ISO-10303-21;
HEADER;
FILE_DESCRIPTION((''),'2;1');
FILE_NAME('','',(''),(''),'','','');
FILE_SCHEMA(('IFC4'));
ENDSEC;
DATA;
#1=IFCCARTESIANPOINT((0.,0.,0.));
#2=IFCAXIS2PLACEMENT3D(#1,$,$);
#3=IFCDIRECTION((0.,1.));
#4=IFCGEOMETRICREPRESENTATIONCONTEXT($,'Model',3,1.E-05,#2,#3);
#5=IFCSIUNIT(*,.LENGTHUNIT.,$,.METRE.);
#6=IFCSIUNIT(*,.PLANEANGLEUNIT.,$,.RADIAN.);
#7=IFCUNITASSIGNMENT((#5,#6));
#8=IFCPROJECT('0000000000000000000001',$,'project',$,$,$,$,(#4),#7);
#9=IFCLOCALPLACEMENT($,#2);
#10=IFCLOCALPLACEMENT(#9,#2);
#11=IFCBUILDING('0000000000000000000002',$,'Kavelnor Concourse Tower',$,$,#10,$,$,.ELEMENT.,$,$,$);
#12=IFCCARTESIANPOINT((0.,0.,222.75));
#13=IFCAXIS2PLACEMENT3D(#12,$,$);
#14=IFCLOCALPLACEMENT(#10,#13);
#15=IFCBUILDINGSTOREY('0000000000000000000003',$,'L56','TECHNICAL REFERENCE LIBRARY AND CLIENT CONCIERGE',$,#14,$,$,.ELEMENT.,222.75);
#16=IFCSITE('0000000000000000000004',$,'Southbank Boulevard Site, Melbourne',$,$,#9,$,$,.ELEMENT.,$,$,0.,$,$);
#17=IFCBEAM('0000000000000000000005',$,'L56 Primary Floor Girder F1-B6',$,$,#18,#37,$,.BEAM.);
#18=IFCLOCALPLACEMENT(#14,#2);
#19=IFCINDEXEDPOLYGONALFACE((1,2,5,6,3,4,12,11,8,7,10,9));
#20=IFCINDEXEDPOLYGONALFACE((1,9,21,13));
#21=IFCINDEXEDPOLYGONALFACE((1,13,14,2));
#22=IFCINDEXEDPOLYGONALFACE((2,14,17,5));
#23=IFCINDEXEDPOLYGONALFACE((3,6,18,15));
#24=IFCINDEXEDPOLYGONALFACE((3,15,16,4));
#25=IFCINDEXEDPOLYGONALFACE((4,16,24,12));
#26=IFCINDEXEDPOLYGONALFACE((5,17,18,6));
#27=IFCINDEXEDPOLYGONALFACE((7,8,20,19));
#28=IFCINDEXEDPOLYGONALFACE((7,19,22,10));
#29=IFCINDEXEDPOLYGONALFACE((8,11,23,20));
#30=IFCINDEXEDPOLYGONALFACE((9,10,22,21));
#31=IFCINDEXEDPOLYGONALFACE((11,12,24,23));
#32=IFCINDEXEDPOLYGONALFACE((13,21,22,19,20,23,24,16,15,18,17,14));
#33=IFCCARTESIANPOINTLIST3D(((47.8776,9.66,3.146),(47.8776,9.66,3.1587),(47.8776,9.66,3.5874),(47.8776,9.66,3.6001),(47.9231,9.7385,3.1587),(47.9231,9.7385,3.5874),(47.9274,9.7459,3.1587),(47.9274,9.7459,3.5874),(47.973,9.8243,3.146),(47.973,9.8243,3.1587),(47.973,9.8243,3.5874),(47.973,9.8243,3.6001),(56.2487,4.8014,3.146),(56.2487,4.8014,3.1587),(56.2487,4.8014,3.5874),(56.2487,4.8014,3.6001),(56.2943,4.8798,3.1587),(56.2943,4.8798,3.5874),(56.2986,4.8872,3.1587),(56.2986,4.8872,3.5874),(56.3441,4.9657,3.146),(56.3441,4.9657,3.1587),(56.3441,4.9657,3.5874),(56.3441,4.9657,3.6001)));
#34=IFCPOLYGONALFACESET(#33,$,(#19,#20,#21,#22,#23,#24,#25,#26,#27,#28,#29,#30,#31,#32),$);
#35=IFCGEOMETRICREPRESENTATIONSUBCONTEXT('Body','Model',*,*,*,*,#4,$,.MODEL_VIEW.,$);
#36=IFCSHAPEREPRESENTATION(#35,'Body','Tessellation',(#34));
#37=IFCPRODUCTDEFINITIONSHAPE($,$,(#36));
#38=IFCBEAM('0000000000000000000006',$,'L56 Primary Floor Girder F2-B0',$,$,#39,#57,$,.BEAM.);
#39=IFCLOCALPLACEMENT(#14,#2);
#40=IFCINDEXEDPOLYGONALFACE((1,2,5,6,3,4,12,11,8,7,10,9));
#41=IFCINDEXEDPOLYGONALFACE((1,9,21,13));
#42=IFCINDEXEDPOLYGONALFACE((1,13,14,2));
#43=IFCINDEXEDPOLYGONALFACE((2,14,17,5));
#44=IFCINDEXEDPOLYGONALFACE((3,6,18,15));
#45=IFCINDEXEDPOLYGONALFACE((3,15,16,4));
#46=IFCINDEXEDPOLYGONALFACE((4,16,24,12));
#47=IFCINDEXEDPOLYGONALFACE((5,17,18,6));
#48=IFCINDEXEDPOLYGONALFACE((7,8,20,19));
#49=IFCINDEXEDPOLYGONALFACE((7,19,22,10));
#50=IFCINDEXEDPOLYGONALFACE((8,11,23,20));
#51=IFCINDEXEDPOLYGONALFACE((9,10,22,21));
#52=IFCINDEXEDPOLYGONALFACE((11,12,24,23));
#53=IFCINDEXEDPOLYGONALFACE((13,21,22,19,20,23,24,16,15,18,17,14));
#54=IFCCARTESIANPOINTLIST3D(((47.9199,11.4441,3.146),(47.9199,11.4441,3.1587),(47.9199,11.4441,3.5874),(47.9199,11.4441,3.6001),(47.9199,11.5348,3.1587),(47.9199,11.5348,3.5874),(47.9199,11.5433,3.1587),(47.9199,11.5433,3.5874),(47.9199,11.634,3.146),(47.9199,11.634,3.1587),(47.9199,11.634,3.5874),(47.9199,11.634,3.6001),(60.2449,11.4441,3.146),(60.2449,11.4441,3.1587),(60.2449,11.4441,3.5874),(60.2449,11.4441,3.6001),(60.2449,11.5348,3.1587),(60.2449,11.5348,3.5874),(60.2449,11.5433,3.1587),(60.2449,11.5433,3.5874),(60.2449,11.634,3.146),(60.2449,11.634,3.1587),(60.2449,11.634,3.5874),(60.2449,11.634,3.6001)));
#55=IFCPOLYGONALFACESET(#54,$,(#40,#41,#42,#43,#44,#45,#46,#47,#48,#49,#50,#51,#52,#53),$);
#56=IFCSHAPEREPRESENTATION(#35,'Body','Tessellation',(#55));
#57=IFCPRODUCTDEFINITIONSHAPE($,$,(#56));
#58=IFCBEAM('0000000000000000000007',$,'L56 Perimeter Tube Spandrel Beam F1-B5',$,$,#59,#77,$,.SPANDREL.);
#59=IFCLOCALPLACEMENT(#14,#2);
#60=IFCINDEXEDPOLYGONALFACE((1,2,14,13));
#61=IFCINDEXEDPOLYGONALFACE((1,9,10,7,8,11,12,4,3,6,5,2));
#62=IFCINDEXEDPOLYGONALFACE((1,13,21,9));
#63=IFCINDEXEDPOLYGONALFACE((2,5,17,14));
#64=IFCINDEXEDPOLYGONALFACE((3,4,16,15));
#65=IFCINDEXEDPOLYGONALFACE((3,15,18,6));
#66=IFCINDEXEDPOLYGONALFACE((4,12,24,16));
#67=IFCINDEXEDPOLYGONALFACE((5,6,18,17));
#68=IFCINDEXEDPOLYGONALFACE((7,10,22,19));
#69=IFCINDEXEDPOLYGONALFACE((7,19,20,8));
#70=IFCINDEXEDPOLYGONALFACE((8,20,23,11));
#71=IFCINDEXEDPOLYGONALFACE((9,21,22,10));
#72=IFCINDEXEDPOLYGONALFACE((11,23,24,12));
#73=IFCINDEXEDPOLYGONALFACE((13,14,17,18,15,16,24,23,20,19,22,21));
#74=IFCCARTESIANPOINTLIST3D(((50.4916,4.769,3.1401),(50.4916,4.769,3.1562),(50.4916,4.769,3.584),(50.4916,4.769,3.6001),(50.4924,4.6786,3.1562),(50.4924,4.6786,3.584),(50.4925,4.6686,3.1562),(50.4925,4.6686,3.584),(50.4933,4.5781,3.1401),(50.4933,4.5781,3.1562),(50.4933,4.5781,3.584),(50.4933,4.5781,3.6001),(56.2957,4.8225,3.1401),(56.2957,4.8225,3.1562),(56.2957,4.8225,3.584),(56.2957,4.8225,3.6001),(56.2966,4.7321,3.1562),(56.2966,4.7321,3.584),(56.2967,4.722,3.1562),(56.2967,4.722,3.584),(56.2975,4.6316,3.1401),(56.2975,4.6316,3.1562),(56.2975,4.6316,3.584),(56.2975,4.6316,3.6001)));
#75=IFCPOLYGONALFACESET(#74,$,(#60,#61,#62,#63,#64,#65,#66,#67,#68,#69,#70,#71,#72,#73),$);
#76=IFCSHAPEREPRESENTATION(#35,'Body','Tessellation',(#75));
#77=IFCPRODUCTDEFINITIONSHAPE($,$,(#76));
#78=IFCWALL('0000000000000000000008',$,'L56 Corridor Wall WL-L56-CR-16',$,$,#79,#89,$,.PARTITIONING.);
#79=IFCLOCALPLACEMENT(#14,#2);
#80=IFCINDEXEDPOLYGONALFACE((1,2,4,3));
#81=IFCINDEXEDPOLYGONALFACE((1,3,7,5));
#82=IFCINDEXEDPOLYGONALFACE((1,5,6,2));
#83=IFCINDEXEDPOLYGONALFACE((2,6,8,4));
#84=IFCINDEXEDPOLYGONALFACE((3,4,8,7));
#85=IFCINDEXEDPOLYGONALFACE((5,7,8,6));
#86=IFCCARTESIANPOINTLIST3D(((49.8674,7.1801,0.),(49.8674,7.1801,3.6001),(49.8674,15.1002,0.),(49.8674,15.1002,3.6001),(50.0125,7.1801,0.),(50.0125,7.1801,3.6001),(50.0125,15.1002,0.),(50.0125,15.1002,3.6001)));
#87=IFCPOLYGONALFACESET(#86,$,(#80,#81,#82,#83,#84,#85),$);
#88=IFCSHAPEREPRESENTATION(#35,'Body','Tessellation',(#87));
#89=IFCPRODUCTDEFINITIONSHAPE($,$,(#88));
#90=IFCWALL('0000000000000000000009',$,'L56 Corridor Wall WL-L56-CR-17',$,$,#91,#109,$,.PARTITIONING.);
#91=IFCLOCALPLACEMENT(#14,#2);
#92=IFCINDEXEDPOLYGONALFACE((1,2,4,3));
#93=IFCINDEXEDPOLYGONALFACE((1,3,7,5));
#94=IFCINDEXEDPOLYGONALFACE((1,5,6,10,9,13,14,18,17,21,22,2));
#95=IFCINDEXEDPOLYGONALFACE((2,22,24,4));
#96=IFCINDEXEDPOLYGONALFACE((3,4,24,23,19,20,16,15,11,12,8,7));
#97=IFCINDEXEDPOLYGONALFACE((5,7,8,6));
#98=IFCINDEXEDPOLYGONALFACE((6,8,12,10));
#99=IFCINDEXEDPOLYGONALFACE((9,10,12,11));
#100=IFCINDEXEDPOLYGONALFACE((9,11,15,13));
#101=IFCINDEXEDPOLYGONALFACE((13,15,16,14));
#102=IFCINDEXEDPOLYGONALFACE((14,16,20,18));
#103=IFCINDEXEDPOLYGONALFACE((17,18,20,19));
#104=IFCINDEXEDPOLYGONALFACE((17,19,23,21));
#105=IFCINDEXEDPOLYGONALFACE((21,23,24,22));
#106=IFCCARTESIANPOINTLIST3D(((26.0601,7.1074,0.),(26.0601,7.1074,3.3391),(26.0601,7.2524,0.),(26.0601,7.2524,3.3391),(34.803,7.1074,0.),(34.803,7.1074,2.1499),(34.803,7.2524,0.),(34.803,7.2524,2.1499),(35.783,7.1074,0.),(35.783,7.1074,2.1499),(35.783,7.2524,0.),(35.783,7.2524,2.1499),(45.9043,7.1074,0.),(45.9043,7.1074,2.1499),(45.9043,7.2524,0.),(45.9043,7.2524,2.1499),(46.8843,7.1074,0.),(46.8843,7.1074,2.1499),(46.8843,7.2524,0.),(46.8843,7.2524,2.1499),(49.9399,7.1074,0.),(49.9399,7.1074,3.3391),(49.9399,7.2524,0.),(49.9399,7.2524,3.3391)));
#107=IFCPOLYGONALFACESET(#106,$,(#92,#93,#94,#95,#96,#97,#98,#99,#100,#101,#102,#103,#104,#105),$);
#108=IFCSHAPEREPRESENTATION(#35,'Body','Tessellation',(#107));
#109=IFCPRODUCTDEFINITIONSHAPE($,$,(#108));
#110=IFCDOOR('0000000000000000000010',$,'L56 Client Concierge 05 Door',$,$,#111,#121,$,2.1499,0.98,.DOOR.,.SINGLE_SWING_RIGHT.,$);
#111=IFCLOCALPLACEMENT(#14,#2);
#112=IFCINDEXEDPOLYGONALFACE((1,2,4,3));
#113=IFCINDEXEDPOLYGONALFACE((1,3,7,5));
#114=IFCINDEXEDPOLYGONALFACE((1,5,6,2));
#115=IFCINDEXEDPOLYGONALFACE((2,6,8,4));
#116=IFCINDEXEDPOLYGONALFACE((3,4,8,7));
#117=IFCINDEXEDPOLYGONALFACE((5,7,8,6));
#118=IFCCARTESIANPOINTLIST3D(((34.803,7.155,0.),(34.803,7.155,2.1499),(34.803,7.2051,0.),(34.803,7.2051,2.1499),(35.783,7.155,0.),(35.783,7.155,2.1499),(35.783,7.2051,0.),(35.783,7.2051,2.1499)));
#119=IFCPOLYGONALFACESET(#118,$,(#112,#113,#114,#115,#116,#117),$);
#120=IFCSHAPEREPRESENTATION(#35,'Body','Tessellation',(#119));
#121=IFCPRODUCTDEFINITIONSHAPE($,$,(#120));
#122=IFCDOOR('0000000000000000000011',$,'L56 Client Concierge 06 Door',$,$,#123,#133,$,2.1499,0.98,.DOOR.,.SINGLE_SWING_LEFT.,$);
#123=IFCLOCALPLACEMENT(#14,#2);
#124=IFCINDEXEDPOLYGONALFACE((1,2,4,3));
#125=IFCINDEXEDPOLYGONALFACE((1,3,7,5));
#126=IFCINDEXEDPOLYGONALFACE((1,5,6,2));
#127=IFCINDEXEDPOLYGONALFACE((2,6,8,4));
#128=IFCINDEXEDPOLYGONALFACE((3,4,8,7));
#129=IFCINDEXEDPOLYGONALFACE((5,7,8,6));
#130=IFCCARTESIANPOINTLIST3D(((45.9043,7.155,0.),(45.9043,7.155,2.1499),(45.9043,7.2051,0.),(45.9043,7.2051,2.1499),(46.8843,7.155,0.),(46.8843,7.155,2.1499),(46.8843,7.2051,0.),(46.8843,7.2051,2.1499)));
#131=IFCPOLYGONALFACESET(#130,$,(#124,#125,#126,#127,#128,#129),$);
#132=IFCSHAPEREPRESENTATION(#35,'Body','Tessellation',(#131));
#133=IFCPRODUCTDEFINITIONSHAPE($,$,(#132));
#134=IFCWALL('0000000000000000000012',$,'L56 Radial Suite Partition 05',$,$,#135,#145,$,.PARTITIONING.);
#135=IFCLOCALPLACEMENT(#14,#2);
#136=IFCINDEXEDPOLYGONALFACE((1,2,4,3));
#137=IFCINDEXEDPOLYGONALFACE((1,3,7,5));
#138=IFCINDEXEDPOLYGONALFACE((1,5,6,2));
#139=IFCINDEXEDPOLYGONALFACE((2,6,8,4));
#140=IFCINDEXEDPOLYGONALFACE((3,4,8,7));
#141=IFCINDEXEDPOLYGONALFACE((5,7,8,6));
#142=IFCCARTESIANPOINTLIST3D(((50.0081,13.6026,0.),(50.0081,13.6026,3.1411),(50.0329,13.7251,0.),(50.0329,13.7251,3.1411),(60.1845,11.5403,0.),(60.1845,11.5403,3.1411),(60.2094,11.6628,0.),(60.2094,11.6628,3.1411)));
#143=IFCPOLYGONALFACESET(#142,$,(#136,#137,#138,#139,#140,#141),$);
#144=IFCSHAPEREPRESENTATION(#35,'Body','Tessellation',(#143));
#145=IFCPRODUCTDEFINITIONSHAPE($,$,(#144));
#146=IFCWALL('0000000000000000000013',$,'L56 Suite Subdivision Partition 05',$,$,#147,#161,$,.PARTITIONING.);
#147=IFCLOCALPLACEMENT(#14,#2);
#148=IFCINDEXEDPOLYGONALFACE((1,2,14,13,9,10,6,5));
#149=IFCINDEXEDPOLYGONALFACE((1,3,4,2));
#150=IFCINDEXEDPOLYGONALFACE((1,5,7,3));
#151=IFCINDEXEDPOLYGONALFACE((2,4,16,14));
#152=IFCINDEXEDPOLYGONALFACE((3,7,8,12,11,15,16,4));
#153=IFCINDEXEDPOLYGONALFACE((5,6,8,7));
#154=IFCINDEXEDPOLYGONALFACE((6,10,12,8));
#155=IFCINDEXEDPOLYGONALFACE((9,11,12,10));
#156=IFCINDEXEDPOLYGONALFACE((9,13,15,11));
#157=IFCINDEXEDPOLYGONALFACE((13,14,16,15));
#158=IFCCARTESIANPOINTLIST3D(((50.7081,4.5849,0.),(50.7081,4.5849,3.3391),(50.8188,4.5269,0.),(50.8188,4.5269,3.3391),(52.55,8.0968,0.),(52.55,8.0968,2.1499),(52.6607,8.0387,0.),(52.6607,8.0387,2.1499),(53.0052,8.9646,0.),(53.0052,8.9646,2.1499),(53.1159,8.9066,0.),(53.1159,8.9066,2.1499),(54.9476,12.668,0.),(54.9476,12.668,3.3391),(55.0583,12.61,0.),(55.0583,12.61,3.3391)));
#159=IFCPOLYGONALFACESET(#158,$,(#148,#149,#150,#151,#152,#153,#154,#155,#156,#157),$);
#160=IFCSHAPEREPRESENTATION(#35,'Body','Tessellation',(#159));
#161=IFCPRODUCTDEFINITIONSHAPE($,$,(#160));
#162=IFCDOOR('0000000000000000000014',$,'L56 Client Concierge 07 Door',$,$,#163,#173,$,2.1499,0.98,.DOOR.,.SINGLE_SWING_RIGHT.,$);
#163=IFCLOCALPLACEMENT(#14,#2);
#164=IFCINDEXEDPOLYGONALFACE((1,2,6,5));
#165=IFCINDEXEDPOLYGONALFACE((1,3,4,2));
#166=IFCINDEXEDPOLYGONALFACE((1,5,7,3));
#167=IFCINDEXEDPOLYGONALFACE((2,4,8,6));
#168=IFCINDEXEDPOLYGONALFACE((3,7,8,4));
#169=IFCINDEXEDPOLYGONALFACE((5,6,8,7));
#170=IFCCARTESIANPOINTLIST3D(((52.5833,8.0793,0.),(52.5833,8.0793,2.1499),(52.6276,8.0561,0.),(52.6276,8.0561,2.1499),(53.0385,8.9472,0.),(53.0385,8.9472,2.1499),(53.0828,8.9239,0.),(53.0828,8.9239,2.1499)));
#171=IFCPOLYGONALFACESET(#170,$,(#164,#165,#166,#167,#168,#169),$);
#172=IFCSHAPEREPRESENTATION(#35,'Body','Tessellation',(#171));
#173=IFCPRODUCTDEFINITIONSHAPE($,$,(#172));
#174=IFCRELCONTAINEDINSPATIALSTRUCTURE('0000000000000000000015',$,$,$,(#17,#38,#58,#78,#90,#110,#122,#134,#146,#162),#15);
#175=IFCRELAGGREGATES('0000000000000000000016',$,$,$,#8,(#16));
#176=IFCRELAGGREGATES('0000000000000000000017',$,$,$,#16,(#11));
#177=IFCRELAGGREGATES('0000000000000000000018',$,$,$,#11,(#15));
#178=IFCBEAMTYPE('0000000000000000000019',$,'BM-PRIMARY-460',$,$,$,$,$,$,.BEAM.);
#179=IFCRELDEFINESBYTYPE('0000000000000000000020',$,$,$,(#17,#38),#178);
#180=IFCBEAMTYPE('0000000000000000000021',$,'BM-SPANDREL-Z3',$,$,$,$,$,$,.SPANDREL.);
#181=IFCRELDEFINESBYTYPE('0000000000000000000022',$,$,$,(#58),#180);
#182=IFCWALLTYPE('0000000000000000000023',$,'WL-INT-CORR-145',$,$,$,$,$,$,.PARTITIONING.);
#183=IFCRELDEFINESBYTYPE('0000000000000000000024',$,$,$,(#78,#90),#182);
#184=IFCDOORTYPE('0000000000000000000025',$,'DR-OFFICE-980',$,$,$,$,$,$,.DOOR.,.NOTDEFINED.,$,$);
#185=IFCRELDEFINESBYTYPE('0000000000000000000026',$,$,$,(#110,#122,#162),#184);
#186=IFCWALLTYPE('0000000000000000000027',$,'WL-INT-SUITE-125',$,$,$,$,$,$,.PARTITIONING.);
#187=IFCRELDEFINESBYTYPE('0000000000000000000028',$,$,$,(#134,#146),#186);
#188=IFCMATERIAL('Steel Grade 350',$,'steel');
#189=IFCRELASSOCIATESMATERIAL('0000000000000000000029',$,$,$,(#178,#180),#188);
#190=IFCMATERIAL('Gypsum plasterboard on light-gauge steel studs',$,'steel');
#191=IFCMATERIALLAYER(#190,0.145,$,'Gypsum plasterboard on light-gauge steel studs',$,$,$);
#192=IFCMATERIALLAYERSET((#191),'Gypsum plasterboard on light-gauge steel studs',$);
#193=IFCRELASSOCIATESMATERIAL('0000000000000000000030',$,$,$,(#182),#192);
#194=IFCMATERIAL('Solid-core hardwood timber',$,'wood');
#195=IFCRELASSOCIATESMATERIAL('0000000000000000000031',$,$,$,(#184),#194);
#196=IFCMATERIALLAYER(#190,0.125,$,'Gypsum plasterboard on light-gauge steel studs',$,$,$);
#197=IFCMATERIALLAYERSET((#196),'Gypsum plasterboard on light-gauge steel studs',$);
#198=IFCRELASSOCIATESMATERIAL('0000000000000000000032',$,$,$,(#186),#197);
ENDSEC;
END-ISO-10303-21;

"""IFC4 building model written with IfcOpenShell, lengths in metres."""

from ifc_helpers import new_model, si_unit, direction, frame, frame_2d, origin, origin_2d, place, context, subcontext, project, spatial, rectangle, i_section, extrude, material, layer, layer_set, material_profile, profile_set, type_object, element, fill, save


model = new_model("IFC4")

# Units and contexts
model_context = context("Model", 3, precision=1e-05, world=origin(), true_north=direction((0.0, 1.0)))
body_context = subcontext(model_context, "Body", "Model", "MODEL_VIEW")
ifc_project = project(units=[si_unit("LENGTHUNIT", "METRE"), si_unit("PLANEANGLEUNIT", "RADIAN")], contexts=[model_context])

# Site, building, storey
site_placement = place(None, origin())
site = spatial("IfcSite", under=ifc_project, at=site_placement, Name="Southbank Boulevard Site, Melbourne", CompositionType="ELEMENT", RefElevation=0.0)
building_placement = place(site_placement, origin())
building = spatial("IfcBuilding", under=site, at=building_placement, Name="Kavelnor Concourse Tower", CompositionType="ELEMENT")
storey_placement = place(building_placement, frame((0.0, 0.0, 222.75)))
storey = spatial("IfcBuildingStorey", under=building, at=storey_placement, Name="L56", Description="TECHNICAL REFERENCE LIBRARY AND CLIENT CONCIERGE", CompositionType="ELEMENT", Elevation=222.75)

# Shared definitions
ifc_material_1 = material(Name="Steel Grade 350", Category="steel")

# Beams
ifc_material_profile_1 = material_profile(ifc_material_1, i_section(OverallWidth=0.1899, OverallDepth=0.4541, WebThickness=0.0085, FlangeThickness=0.0127, at=origin_2d()), Name="460UB67")
ifc_profile_set_1 = profile_set([ifc_material_profile_1], Name="Steel Grade 350")
beam_type_1 = type_object("IfcBeamType", Name="BM-PRIMARY-460", PredefinedType="BEAM", material=ifc_profile_set_1)
beam_1_placement = place(storey_placement, frame((47.9253, 9.7422, 3.373), z_axis=(0.864878, -0.501982, 0.0), x_axis=(0.501982, 0.864878, 0.0)))
element("IfcBeam", 1, at=beam_1_placement, inside=storey, type_object=beam_type_1, Name="L56 Primary Floor Girder F1-B6", PredefinedType="BEAM", context=body_context, shape_type="SweptSolid", body=[
    extrude(i_section(OverallWidth=0.1899, OverallDepth=0.4541, WebThickness=0.0085, FlangeThickness=0.0127, at=origin_2d()), origin(), (0.0, 0.0, 1.0), 9.679),
])
beam_2_placement = place(storey_placement, frame((47.9199, 11.5391, 3.373), z_axis=(1.0, 0.0, 0.0), x_axis=(0.0, 1.0, 0.0)))
element("IfcBeam", 2, at=beam_2_placement, inside=storey, type_object=beam_type_1, Name="L56 Primary Floor Girder F2-B0", PredefinedType="BEAM", context=body_context, shape_type="SweptSolid", body=[
    extrude(i_section(OverallWidth=0.1899, OverallDepth=0.4541, WebThickness=0.0085, FlangeThickness=0.0127, at=origin_2d()), origin(), (0.0, 0.0, 1.0), 12.325),
])
ifc_material_profile_2 = material_profile(ifc_material_1, i_section(OverallWidth=0.1909, OverallDepth=0.46, WebThickness=0.01, FlangeThickness=0.0161, at=origin_2d()), Name="460UB82")
ifc_profile_set_2 = profile_set([ifc_material_profile_2], Name="Steel Grade 350")
beam_type_2 = type_object("IfcBeamType", Name="BM-SPANDREL-Z3", PredefinedType="SPANDREL", material=ifc_profile_set_2)
beam_3_placement = place(storey_placement, frame((50.4924, 4.6736, 3.3701), z_axis=(0.999958, 0.009211, 0.0), x_axis=(-0.009211, 0.999958, 0.0)))
element("IfcBeam", 3, at=beam_3_placement, inside=storey, type_object=beam_type_2, Name="L56 Perimeter Tube Spandrel Beam F1-B5", PredefinedType="SPANDREL", context=body_context, shape_type="SweptSolid", body=[
    extrude(i_section(OverallWidth=0.1909, OverallDepth=0.46, WebThickness=0.01, FlangeThickness=0.0161, at=origin_2d()), origin(), (0.0, 0.0, 1.0), 5.8044),
])

# Wall
ifc_material_2 = material(Name="Gypsum plasterboard on light-gauge steel studs", Category="steel")
ifc_layer_1 = layer(ifc_material_2, 0.145, Name="Gypsum plasterboard on light-gauge steel studs")
ifc_layer_set_1 = layer_set([ifc_layer_1], Name="Gypsum plasterboard on light-gauge steel studs")
wall_type_1 = type_object("IfcWallType", Name="WL-INT-CORR-145", PredefinedType="PARTITIONING", material=ifc_layer_set_1)
wall_1_placement = place(storey_placement, frame((49.9399, 15.1001, 0.0), z_axis=(0.0, 0.0, 1.0), x_axis=(0.0, -1.0, 0.0)))
element("IfcWall", 4, at=wall_1_placement, inside=storey, type_object=wall_type_1, Name="L56 Corridor Wall WL-L56-CR-16", PredefinedType="PARTITIONING", context=body_context, shape_type="SweptSolid", body=[
    extrude(rectangle(XDim=7.9202, YDim=0.145, at=frame_2d((3.96, 0.0))), origin(), (0.0, 0.0, 1.0), 3.6001),
])

# Wall, openings, doors
wall_2_placement = place(storey_placement, frame((49.9399, 7.1799, 0.0), z_axis=(0.0, 0.0, 1.0), x_axis=(-1.0, 0.0, 0.0)))
wall_2 = element("IfcWall", 5, at=wall_2_placement, inside=storey, type_object=wall_type_1, Name="L56 Corridor Wall WL-L56-CR-17", PredefinedType="PARTITIONING", context=body_context, shape_type="SweptSolid", body=[
    extrude(rectangle(XDim=23.8799, YDim=0.145, at=frame_2d((11.9399, 0.0))), origin(), (0.0, 0.0, 1.0), 3.3391),
])
opening_1_placement = place(wall_2_placement, frame((14.157, 0.0, 0.0)))
opening_1 = element("IfcOpeningElement", 6, at=opening_1_placement, cuts=wall_2, PredefinedType="OPENING", context=body_context, shape_type="SweptSolid", body=[
    extrude(rectangle(XDim=0.98, YDim=2.1499, at=frame_2d((0.49, 1.075))), frame((0.0, 0.0825, 0.0), z_axis=(0.0, -1.0, 0.0), x_axis=(1.0, 0.0, 0.0)), (0.0, 0.0, 1.0), 0.165),
])
opening_2_placement = place(wall_2_placement, frame((3.0557, 0.0, 0.0)))
opening_2 = element("IfcOpeningElement", 7, at=opening_2_placement, cuts=wall_2, PredefinedType="OPENING", context=body_context, shape_type="SweptSolid", body=[
    extrude(rectangle(XDim=0.98, YDim=2.1499, at=frame_2d((0.49, 1.075))), frame((0.0, 0.0825, 0.0), z_axis=(0.0, -1.0, 0.0), x_axis=(1.0, 0.0, 0.0)), (0.0, 0.0, 1.0), 0.165),
])
ifc_material_3 = material(Name="Solid-core hardwood timber", Category="wood")
door_type = type_object("IfcDoorType", Name="DR-OFFICE-980", OperationType="NOTDEFINED", PredefinedType="DOOR", material=ifc_material_3)
door_1_placement = place(opening_1_placement, origin())
door_1 = element("IfcDoor", 8, at=door_1_placement, inside=storey, type_object=door_type, Name="L56 Client Concierge 05 Door", OperationType="SINGLE_SWING_RIGHT", OverallHeight=2.1499, OverallWidth=0.98, PredefinedType="DOOR", context=body_context, shape_type="SweptSolid", body=[
    extrude(rectangle(XDim=0.98, YDim=2.1499, at=frame_2d((0.49, 1.075))), frame((0.0, 0.0249, 0.0), z_axis=(0.0, -1.0, 0.0), x_axis=(1.0, 0.0, 0.0)), (0.0, 0.0, 1.0), 0.05),
])
fill(opening_1, door_1)
door_2_placement = place(opening_2_placement, origin())
door_2 = element("IfcDoor", 9, at=door_2_placement, inside=storey, type_object=door_type, Name="L56 Client Concierge 06 Door", OperationType="SINGLE_SWING_LEFT", OverallHeight=2.1499, OverallWidth=0.98, PredefinedType="DOOR", context=body_context, shape_type="SweptSolid", body=[
    extrude(rectangle(XDim=0.98, YDim=2.1499, at=frame_2d((0.49, 1.075))), frame((0.0, 0.0249, 0.0), z_axis=(0.0, -1.0, 0.0), x_axis=(1.0, 0.0, 0.0)), (0.0, 0.0, 1.0), 0.05),
])
fill(opening_2, door_2)

# Wall
ifc_layer_2 = layer(ifc_material_2, 0.125, Name="Gypsum plasterboard on light-gauge steel studs")
ifc_layer_set_2 = layer_set([ifc_layer_2], Name="Gypsum plasterboard on light-gauge steel studs")
wall_type_2 = type_object("IfcWallType", Name="WL-INT-SUITE-125", PredefinedType="PARTITIONING", material=ifc_layer_set_2)
wall_3_placement = place(storey_placement, frame((50.0205, 13.6638, 0.0), z_axis=(0.0, 0.0, 1.0), x_axis=(0.980078, -0.198611, 0.0)))
element("IfcWall", 10, at=wall_3_placement, inside=storey, type_object=wall_type_2, Name="L56 Radial Suite Partition 05", PredefinedType="PARTITIONING", context=body_context, shape_type="SweptSolid", body=[
    extrude(rectangle(XDim=10.3833, YDim=0.125, at=frame_2d((5.1917, 0.0))), origin(), (0.0, 0.0, 1.0), 3.1411),
])

# Wall, opening, door
wall_4_placement = place(storey_placement, frame((50.7634, 4.5559, 0.0), z_axis=(0.0, 0.0, 1.0), x_axis=(0.464484, 0.885582, 0.0)))
wall_4 = element("IfcWall", 11, at=wall_4_placement, inside=storey, type_object=wall_type_2, Name="L56 Suite Subdivision Partition 05", PredefinedType="PARTITIONING", context=body_context, shape_type="SweptSolid", body=[
    extrude(rectangle(XDim=9.1274, YDim=0.125, at=frame_2d((4.5637, 0.0))), origin(), (0.0, 0.0, 1.0), 3.3391),
])
opening_3_placement = place(wall_4_placement, frame((3.9656, 0.0, 0.0)))
opening_3 = element("IfcOpeningElement", 12, at=opening_3_placement, cuts=wall_4, PredefinedType="OPENING", context=body_context, shape_type="SweptSolid", body=[
    extrude(rectangle(XDim=0.98, YDim=2.1499, at=frame_2d((0.49, 1.075))), frame((0.0, 0.0725, 0.0), z_axis=(0.0, -1.0, 0.0), x_axis=(1.0, 0.0, 0.0)), (0.0, 0.0, 1.0), 0.145),
])
door_3_placement = place(opening_3_placement, origin())
door_3 = element("IfcDoor", 13, at=door_3_placement, inside=storey, type_object=door_type, Name="L56 Client Concierge 07 Door", OperationType="SINGLE_SWING_RIGHT", OverallHeight=2.1499, OverallWidth=0.98, PredefinedType="DOOR", context=body_context, shape_type="SweptSolid", body=[
    extrude(rectangle(XDim=0.98, YDim=2.1499, at=frame_2d((0.49, 1.075))), frame((0.0, 0.0249, 0.0), z_axis=(0.0, -1.0, 0.0), x_axis=(1.0, 0.0, 0.0)), (0.0, 0.0, 1.0), 0.05),
])
fill(opening_3, door_3)

save(model, "model.ifc")
